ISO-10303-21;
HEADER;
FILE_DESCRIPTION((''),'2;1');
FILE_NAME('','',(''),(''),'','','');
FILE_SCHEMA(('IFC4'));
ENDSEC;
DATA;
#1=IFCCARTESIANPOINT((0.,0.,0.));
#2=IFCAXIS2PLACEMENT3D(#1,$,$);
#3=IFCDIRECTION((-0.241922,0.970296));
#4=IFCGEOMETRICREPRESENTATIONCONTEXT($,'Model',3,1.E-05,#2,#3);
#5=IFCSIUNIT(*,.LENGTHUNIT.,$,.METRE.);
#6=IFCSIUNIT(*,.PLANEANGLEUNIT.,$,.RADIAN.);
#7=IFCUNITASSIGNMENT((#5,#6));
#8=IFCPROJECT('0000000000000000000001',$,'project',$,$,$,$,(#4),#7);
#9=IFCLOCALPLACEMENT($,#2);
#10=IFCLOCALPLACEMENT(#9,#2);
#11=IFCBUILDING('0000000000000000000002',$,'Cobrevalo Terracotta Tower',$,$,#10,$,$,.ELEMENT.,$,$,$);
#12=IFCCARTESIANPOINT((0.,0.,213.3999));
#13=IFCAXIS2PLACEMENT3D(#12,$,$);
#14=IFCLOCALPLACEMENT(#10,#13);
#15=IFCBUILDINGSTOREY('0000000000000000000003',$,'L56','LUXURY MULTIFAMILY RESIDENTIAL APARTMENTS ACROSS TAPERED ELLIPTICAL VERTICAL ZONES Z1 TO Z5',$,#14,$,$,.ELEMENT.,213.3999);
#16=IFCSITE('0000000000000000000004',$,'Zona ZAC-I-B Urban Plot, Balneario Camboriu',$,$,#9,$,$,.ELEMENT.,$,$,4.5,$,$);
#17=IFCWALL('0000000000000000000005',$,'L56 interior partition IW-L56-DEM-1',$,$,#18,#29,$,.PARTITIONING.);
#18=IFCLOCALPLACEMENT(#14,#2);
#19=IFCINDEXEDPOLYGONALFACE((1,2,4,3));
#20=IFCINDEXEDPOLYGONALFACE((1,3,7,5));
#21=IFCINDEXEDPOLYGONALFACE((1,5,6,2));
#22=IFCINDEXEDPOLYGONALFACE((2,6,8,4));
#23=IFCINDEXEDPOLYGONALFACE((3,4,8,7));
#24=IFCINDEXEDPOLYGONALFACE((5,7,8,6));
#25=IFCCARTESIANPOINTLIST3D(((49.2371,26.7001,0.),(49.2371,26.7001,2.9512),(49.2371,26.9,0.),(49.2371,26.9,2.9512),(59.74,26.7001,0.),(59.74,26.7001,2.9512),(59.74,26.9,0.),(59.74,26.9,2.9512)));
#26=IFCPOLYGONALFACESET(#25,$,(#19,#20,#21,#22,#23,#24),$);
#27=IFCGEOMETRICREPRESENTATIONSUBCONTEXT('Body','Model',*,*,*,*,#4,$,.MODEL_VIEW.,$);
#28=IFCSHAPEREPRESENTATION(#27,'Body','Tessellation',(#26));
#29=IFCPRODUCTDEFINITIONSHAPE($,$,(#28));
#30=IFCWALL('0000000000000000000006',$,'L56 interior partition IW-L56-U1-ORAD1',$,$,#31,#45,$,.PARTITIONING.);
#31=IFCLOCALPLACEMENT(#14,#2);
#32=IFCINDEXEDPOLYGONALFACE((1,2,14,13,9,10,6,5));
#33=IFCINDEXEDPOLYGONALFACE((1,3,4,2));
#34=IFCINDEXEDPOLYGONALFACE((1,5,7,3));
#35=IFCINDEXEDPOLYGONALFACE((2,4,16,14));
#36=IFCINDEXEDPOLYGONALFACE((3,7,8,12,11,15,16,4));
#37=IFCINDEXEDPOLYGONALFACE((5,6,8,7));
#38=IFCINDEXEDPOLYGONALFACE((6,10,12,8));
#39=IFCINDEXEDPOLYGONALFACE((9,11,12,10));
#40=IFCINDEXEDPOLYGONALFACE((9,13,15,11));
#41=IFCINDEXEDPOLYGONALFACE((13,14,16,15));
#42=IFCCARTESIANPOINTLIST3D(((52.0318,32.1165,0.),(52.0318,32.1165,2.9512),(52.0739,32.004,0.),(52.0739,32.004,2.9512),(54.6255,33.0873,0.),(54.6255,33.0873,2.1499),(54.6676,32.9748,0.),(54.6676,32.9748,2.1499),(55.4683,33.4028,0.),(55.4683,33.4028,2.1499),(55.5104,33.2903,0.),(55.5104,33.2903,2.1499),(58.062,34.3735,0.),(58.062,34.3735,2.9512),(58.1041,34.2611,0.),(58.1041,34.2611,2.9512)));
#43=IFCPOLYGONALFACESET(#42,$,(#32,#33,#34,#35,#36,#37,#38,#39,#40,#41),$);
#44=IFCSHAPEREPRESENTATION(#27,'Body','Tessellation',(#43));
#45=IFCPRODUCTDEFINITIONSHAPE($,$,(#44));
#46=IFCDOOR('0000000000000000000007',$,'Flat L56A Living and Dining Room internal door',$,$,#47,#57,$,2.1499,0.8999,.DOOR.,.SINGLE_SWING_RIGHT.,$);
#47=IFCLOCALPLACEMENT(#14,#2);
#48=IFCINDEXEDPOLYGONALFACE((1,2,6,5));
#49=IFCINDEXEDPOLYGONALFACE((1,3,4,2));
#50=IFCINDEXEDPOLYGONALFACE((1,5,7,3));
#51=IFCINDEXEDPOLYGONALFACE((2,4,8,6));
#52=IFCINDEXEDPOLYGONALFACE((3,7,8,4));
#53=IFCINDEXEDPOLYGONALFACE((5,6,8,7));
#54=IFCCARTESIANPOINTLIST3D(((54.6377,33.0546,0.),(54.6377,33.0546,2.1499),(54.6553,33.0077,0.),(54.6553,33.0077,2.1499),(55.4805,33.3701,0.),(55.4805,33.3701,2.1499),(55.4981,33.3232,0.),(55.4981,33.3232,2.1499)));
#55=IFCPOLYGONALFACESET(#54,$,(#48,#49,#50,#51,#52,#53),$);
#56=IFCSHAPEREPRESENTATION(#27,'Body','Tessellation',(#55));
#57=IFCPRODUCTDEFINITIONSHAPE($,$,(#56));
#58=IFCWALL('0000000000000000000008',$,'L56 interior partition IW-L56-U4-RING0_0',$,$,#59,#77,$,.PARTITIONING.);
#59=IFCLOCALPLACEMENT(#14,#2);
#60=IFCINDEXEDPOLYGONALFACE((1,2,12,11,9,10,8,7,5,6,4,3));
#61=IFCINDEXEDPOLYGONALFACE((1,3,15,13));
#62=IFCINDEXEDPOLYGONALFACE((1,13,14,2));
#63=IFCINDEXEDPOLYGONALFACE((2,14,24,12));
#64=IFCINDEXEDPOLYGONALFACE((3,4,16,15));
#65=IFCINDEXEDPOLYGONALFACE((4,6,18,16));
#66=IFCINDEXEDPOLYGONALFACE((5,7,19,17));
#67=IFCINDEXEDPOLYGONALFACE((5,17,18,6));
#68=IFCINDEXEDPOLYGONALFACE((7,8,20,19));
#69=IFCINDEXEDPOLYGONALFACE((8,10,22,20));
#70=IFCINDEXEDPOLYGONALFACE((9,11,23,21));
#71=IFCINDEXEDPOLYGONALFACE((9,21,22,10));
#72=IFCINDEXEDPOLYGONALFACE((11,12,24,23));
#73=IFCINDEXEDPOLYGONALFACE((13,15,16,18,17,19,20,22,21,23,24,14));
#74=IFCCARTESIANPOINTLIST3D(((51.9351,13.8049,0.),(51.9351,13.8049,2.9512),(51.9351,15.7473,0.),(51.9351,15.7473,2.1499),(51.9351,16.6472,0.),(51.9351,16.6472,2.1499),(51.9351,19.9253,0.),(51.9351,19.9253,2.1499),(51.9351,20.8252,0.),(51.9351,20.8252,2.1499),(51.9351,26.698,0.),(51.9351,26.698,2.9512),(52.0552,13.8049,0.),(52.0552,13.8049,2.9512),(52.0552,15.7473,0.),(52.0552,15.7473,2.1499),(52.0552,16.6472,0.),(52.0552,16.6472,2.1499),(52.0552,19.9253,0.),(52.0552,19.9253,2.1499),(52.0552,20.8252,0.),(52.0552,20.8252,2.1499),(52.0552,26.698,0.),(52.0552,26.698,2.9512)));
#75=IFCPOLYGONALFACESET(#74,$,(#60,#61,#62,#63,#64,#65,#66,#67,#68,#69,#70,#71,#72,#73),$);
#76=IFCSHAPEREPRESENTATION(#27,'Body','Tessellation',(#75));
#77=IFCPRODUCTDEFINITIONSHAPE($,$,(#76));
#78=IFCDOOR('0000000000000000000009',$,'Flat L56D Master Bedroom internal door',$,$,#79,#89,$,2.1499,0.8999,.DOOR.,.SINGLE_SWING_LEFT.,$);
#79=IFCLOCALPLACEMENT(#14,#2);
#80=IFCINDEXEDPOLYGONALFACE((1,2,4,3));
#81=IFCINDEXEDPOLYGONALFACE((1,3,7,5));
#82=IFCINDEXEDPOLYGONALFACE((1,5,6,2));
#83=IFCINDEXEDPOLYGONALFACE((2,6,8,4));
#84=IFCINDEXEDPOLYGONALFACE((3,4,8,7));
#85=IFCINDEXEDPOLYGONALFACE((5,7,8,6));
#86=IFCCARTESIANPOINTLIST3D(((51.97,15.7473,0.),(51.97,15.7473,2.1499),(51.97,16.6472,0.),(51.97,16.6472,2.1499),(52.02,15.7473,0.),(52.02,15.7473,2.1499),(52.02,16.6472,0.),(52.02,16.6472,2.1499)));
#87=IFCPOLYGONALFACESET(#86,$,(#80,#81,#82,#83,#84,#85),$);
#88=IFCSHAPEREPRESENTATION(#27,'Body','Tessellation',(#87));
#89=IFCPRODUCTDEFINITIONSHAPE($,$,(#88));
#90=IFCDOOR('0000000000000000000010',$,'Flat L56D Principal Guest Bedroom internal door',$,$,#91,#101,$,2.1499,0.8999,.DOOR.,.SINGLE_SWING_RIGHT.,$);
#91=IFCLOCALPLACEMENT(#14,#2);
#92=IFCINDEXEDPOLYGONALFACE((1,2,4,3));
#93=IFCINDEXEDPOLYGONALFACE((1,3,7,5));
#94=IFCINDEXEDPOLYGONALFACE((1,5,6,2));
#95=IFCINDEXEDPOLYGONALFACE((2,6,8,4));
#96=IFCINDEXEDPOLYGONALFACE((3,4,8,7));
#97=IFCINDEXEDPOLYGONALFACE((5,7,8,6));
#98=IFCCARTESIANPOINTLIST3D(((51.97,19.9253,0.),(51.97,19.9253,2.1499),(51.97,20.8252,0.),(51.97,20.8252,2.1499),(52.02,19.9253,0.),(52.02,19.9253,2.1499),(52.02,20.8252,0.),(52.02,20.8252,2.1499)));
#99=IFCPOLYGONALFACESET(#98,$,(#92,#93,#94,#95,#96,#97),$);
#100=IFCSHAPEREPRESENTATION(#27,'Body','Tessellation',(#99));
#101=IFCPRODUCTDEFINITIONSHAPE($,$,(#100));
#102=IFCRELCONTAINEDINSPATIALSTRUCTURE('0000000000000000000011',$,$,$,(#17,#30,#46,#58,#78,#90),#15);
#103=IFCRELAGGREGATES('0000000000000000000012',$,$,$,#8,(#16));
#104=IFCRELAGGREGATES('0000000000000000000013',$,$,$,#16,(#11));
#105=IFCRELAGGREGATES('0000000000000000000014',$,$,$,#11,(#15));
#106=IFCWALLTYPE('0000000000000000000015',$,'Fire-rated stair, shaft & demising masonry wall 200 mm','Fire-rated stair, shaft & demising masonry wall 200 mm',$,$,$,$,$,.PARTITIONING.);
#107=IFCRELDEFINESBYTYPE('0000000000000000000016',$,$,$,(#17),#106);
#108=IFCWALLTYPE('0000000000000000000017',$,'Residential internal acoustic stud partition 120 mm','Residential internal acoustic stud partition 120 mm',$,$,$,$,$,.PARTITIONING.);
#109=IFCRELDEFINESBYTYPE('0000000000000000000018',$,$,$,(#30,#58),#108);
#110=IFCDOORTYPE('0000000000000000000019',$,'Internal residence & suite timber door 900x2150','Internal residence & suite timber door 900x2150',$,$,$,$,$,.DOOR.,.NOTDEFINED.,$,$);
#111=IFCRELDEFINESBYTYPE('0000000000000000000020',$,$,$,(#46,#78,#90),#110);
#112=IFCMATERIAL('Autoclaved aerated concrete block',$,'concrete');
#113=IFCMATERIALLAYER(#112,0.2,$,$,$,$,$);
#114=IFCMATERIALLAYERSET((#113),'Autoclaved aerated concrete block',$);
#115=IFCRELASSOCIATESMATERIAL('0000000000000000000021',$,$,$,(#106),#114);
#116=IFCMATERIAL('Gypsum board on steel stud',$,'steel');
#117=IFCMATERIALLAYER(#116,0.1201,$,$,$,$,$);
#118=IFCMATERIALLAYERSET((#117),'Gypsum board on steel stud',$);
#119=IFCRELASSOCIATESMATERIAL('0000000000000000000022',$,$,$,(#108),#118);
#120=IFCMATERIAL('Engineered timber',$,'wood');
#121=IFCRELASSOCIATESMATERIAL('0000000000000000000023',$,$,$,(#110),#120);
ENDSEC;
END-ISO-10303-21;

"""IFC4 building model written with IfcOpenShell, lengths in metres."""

from ifc_helpers import new_model, si_unit, direction, frame, frame_2d, origin, place, context, subcontext, project, spatial, rectangle, extrude, source, transform, mapped, material, layer, layer_set, type_object, element, fill, save


model = new_model("IFC4")

# Units and contexts
model_context = context("Model", 3, precision=1e-05, world=origin(), true_north=direction((-0.241922, 0.970296)))
body_context = subcontext(model_context, "Body", "Model", "MODEL_VIEW")
ifc_project = project(units=[si_unit("LENGTHUNIT", "METRE"), si_unit("PLANEANGLEUNIT", "RADIAN")], contexts=[model_context])

# Site, building, storey
site_placement = place(None, origin())
site = spatial("IfcSite", under=ifc_project, at=site_placement, Name="Zona ZAC-I-B Urban Plot, Balneario Camboriu", CompositionType="ELEMENT", RefElevation=4.5)
building_placement = place(site_placement, origin())
building = spatial("IfcBuilding", under=site, at=building_placement, Name="Cobrevalo Terracotta Tower", CompositionType="ELEMENT")
storey_placement = place(building_placement, frame((0.0, 0.0, 213.3999)))
storey = spatial("IfcBuildingStorey", under=building, at=storey_placement, Name="L56", Description="LUXURY MULTIFAMILY RESIDENTIAL APARTMENTS ACROSS TAPERED ELLIPTICAL VERTICAL ZONES Z1 TO Z5", CompositionType="ELEMENT", Elevation=213.3999)

# Wall
ifc_material_1 = material(Name="Autoclaved aerated concrete block", Category="concrete")
ifc_layer_1 = layer(ifc_material_1, 0.2)
ifc_layer_set_1 = layer_set([ifc_layer_1], Name="Autoclaved aerated concrete block")
wall_type_1 = type_object("IfcWallType", Name="Fire-rated stair, shaft & demising masonry wall 200 mm", Description="Fire-rated stair, shaft & demising masonry wall 200 mm", PredefinedType="PARTITIONING", material=ifc_layer_set_1)
wall_1_placement = place(storey_placement, frame((49.2371, 26.8, 0.0), z_axis=(0.0, 0.0, 1.0), x_axis=(1.0, 0.0, 0.0)))
element("IfcWall", 1, at=wall_1_placement, inside=storey, type_object=wall_type_1, Name="L56 interior partition IW-L56-DEM-1", PredefinedType="PARTITIONING", context=body_context, shape_type="SweptSolid", body=[
    extrude(rectangle(XDim=10.5029, YDim=0.2, at=frame_2d((5.2515, 0.0))), origin(), (0.0, 0.0, 1.0), 2.9512),
])

# Wall, opening, door
ifc_material_2 = material(Name="Gypsum board on steel stud", Category="steel")
ifc_layer_2 = layer(ifc_material_2, 0.1201)
ifc_layer_set_2 = layer_set([ifc_layer_2], Name="Gypsum board on steel stud")
wall_type_2 = type_object("IfcWallType", Name="Residential internal acoustic stud partition 120 mm", Description="Residential internal acoustic stud partition 120 mm", PredefinedType="PARTITIONING", material=ifc_layer_set_2)
wall_2_placement = place(storey_placement, frame((52.053, 32.0603, 0.0), z_axis=(0.0, 0.0, 1.0), x_axis=(0.936547, 0.350542, 0.0)))
wall_2 = element("IfcWall", 2, at=wall_2_placement, inside=storey, type_object=wall_type_2, Name="L56 interior partition IW-L56-U1-ORAD1", PredefinedType="PARTITIONING", context=body_context, shape_type="SweptSolid", body=[
    extrude(rectangle(XDim=6.4387, YDim=0.1201, at=frame_2d((3.2192, 0.0))), origin(), (0.0, 0.0, 1.0), 2.9512),
])
opening_1_placement = place(wall_2_placement, frame((2.7693, 0.0, 0.0)))
opening_1 = element("IfcOpeningElement", 3, at=opening_1_placement, cuts=wall_2, PredefinedType="OPENING", context=body_context, shape_type="SweptSolid", body=[
    extrude(rectangle(XDim=0.8999, YDim=2.1499, at=frame_2d((0.45, 1.075))), frame((0.0, 0.0701, 0.0), z_axis=(0.0, -1.0, 0.0), x_axis=(1.0, 0.0, 0.0)), (0.0, 0.0, 1.0), 0.1401),
])
ifc_material_3 = material(Name="Engineered timber", Category="wood")
door_type = type_object("IfcDoorType", Name="Internal residence & suite timber door 900x2150", Description="Internal residence & suite timber door 900x2150", OperationType="NOTDEFINED", PredefinedType="DOOR", material=ifc_material_3)
shared_shape_1 = source(origin(), body_context, "Body", "SweptSolid", [
    extrude(rectangle(XDim=0.8999, YDim=2.1499, at=frame_2d((0.45, 1.075))), frame((0.0, 0.0249, 0.0), z_axis=(0.0, -1.0, 0.0), x_axis=(1.0, 0.0, 0.0)), (0.0, 0.0, 1.0), 0.05),
])
door_1_placement = place(opening_1_placement, frame((0.8999, 0.0, 0.0), z_axis=(0.0, 0.0, 1.0), x_axis=(-1.0, 0.0, 0.0)))
door_1 = element("IfcDoor", 4, at=door_1_placement, inside=storey, type_object=door_type, Name="Flat L56A Living and Dining Room internal door", OperationType="SINGLE_SWING_RIGHT", OverallHeight=2.1499, OverallWidth=0.8999, PredefinedType="DOOR", context=body_context, shape_type="MappedRepresentation", body=[
    mapped(shared_shape_1, transform((0.0, 0.0, 0.0), scale=1.0)),
])
fill(opening_1, door_1)

# Wall, openings, doors
wall_3_placement = place(storey_placement, frame((51.9951, 26.698, 0.0), z_axis=(0.0, 0.0, 1.0), x_axis=(0.0, -1.0, 0.0)))
wall_3 = element("IfcWall", 5, at=wall_3_placement, inside=storey, type_object=wall_type_2, Name="L56 interior partition IW-L56-U4-RING0_0", PredefinedType="PARTITIONING", context=body_context, shape_type="SweptSolid", body=[
    extrude(rectangle(XDim=12.8931, YDim=0.1201, at=frame_2d((6.4465, 0.0))), origin(), (0.0, 0.0, 1.0), 2.9512),
])
opening_2_placement = place(wall_3_placement, frame((10.0508, 0.0, 0.0)))
opening_2 = element("IfcOpeningElement", 6, at=opening_2_placement, cuts=wall_3, PredefinedType="OPENING", context=body_context, shape_type="SweptSolid", body=[
    extrude(rectangle(XDim=0.8999, YDim=2.1499, at=frame_2d((0.45, 1.075))), frame((0.0, 0.0701, 0.0), z_axis=(0.0, -1.0, 0.0), x_axis=(1.0, 0.0, 0.0)), (0.0, 0.0, 1.0), 0.1401),
])
opening_3_placement = place(wall_3_placement, frame((5.8728, 0.0, 0.0)))
opening_3 = element("IfcOpeningElement", 7, at=opening_3_placement, cuts=wall_3, PredefinedType="OPENING", context=body_context, shape_type="SweptSolid", body=[
    extrude(rectangle(XDim=0.8999, YDim=2.1499, at=frame_2d((0.45, 1.075))), frame((0.0, 0.0701, 0.0), z_axis=(0.0, -1.0, 0.0), x_axis=(1.0, 0.0, 0.0)), (0.0, 0.0, 1.0), 0.1401),
])
door_2_placement = place(opening_2_placement, origin())
door_2 = element("IfcDoor", 8, at=door_2_placement, inside=storey, type_object=door_type, Name="Flat L56D Master Bedroom internal door", OperationType="SINGLE_SWING_LEFT", OverallHeight=2.1499, OverallWidth=0.8999, PredefinedType="DOOR", context=body_context, shape_type="MappedRepresentation", body=[
    mapped(shared_shape_1, transform((0.0, 0.0, 0.0), scale=1.0)),
])
fill(opening_2, door_2)
door_3_placement = place(opening_3_placement, origin())
door_3 = element("IfcDoor", 9, at=door_3_placement, inside=storey, type_object=door_type, Name="Flat L56D Principal Guest Bedroom internal door", OperationType="SINGLE_SWING_RIGHT", OverallHeight=2.1499, OverallWidth=0.8999, PredefinedType="DOOR", context=body_context, shape_type="MappedRepresentation", body=[
    mapped(shared_shape_1, transform((0.0, 0.0, 0.0), scale=1.0)),
])
fill(opening_3, door_3)

save(model, "model.ifc")
